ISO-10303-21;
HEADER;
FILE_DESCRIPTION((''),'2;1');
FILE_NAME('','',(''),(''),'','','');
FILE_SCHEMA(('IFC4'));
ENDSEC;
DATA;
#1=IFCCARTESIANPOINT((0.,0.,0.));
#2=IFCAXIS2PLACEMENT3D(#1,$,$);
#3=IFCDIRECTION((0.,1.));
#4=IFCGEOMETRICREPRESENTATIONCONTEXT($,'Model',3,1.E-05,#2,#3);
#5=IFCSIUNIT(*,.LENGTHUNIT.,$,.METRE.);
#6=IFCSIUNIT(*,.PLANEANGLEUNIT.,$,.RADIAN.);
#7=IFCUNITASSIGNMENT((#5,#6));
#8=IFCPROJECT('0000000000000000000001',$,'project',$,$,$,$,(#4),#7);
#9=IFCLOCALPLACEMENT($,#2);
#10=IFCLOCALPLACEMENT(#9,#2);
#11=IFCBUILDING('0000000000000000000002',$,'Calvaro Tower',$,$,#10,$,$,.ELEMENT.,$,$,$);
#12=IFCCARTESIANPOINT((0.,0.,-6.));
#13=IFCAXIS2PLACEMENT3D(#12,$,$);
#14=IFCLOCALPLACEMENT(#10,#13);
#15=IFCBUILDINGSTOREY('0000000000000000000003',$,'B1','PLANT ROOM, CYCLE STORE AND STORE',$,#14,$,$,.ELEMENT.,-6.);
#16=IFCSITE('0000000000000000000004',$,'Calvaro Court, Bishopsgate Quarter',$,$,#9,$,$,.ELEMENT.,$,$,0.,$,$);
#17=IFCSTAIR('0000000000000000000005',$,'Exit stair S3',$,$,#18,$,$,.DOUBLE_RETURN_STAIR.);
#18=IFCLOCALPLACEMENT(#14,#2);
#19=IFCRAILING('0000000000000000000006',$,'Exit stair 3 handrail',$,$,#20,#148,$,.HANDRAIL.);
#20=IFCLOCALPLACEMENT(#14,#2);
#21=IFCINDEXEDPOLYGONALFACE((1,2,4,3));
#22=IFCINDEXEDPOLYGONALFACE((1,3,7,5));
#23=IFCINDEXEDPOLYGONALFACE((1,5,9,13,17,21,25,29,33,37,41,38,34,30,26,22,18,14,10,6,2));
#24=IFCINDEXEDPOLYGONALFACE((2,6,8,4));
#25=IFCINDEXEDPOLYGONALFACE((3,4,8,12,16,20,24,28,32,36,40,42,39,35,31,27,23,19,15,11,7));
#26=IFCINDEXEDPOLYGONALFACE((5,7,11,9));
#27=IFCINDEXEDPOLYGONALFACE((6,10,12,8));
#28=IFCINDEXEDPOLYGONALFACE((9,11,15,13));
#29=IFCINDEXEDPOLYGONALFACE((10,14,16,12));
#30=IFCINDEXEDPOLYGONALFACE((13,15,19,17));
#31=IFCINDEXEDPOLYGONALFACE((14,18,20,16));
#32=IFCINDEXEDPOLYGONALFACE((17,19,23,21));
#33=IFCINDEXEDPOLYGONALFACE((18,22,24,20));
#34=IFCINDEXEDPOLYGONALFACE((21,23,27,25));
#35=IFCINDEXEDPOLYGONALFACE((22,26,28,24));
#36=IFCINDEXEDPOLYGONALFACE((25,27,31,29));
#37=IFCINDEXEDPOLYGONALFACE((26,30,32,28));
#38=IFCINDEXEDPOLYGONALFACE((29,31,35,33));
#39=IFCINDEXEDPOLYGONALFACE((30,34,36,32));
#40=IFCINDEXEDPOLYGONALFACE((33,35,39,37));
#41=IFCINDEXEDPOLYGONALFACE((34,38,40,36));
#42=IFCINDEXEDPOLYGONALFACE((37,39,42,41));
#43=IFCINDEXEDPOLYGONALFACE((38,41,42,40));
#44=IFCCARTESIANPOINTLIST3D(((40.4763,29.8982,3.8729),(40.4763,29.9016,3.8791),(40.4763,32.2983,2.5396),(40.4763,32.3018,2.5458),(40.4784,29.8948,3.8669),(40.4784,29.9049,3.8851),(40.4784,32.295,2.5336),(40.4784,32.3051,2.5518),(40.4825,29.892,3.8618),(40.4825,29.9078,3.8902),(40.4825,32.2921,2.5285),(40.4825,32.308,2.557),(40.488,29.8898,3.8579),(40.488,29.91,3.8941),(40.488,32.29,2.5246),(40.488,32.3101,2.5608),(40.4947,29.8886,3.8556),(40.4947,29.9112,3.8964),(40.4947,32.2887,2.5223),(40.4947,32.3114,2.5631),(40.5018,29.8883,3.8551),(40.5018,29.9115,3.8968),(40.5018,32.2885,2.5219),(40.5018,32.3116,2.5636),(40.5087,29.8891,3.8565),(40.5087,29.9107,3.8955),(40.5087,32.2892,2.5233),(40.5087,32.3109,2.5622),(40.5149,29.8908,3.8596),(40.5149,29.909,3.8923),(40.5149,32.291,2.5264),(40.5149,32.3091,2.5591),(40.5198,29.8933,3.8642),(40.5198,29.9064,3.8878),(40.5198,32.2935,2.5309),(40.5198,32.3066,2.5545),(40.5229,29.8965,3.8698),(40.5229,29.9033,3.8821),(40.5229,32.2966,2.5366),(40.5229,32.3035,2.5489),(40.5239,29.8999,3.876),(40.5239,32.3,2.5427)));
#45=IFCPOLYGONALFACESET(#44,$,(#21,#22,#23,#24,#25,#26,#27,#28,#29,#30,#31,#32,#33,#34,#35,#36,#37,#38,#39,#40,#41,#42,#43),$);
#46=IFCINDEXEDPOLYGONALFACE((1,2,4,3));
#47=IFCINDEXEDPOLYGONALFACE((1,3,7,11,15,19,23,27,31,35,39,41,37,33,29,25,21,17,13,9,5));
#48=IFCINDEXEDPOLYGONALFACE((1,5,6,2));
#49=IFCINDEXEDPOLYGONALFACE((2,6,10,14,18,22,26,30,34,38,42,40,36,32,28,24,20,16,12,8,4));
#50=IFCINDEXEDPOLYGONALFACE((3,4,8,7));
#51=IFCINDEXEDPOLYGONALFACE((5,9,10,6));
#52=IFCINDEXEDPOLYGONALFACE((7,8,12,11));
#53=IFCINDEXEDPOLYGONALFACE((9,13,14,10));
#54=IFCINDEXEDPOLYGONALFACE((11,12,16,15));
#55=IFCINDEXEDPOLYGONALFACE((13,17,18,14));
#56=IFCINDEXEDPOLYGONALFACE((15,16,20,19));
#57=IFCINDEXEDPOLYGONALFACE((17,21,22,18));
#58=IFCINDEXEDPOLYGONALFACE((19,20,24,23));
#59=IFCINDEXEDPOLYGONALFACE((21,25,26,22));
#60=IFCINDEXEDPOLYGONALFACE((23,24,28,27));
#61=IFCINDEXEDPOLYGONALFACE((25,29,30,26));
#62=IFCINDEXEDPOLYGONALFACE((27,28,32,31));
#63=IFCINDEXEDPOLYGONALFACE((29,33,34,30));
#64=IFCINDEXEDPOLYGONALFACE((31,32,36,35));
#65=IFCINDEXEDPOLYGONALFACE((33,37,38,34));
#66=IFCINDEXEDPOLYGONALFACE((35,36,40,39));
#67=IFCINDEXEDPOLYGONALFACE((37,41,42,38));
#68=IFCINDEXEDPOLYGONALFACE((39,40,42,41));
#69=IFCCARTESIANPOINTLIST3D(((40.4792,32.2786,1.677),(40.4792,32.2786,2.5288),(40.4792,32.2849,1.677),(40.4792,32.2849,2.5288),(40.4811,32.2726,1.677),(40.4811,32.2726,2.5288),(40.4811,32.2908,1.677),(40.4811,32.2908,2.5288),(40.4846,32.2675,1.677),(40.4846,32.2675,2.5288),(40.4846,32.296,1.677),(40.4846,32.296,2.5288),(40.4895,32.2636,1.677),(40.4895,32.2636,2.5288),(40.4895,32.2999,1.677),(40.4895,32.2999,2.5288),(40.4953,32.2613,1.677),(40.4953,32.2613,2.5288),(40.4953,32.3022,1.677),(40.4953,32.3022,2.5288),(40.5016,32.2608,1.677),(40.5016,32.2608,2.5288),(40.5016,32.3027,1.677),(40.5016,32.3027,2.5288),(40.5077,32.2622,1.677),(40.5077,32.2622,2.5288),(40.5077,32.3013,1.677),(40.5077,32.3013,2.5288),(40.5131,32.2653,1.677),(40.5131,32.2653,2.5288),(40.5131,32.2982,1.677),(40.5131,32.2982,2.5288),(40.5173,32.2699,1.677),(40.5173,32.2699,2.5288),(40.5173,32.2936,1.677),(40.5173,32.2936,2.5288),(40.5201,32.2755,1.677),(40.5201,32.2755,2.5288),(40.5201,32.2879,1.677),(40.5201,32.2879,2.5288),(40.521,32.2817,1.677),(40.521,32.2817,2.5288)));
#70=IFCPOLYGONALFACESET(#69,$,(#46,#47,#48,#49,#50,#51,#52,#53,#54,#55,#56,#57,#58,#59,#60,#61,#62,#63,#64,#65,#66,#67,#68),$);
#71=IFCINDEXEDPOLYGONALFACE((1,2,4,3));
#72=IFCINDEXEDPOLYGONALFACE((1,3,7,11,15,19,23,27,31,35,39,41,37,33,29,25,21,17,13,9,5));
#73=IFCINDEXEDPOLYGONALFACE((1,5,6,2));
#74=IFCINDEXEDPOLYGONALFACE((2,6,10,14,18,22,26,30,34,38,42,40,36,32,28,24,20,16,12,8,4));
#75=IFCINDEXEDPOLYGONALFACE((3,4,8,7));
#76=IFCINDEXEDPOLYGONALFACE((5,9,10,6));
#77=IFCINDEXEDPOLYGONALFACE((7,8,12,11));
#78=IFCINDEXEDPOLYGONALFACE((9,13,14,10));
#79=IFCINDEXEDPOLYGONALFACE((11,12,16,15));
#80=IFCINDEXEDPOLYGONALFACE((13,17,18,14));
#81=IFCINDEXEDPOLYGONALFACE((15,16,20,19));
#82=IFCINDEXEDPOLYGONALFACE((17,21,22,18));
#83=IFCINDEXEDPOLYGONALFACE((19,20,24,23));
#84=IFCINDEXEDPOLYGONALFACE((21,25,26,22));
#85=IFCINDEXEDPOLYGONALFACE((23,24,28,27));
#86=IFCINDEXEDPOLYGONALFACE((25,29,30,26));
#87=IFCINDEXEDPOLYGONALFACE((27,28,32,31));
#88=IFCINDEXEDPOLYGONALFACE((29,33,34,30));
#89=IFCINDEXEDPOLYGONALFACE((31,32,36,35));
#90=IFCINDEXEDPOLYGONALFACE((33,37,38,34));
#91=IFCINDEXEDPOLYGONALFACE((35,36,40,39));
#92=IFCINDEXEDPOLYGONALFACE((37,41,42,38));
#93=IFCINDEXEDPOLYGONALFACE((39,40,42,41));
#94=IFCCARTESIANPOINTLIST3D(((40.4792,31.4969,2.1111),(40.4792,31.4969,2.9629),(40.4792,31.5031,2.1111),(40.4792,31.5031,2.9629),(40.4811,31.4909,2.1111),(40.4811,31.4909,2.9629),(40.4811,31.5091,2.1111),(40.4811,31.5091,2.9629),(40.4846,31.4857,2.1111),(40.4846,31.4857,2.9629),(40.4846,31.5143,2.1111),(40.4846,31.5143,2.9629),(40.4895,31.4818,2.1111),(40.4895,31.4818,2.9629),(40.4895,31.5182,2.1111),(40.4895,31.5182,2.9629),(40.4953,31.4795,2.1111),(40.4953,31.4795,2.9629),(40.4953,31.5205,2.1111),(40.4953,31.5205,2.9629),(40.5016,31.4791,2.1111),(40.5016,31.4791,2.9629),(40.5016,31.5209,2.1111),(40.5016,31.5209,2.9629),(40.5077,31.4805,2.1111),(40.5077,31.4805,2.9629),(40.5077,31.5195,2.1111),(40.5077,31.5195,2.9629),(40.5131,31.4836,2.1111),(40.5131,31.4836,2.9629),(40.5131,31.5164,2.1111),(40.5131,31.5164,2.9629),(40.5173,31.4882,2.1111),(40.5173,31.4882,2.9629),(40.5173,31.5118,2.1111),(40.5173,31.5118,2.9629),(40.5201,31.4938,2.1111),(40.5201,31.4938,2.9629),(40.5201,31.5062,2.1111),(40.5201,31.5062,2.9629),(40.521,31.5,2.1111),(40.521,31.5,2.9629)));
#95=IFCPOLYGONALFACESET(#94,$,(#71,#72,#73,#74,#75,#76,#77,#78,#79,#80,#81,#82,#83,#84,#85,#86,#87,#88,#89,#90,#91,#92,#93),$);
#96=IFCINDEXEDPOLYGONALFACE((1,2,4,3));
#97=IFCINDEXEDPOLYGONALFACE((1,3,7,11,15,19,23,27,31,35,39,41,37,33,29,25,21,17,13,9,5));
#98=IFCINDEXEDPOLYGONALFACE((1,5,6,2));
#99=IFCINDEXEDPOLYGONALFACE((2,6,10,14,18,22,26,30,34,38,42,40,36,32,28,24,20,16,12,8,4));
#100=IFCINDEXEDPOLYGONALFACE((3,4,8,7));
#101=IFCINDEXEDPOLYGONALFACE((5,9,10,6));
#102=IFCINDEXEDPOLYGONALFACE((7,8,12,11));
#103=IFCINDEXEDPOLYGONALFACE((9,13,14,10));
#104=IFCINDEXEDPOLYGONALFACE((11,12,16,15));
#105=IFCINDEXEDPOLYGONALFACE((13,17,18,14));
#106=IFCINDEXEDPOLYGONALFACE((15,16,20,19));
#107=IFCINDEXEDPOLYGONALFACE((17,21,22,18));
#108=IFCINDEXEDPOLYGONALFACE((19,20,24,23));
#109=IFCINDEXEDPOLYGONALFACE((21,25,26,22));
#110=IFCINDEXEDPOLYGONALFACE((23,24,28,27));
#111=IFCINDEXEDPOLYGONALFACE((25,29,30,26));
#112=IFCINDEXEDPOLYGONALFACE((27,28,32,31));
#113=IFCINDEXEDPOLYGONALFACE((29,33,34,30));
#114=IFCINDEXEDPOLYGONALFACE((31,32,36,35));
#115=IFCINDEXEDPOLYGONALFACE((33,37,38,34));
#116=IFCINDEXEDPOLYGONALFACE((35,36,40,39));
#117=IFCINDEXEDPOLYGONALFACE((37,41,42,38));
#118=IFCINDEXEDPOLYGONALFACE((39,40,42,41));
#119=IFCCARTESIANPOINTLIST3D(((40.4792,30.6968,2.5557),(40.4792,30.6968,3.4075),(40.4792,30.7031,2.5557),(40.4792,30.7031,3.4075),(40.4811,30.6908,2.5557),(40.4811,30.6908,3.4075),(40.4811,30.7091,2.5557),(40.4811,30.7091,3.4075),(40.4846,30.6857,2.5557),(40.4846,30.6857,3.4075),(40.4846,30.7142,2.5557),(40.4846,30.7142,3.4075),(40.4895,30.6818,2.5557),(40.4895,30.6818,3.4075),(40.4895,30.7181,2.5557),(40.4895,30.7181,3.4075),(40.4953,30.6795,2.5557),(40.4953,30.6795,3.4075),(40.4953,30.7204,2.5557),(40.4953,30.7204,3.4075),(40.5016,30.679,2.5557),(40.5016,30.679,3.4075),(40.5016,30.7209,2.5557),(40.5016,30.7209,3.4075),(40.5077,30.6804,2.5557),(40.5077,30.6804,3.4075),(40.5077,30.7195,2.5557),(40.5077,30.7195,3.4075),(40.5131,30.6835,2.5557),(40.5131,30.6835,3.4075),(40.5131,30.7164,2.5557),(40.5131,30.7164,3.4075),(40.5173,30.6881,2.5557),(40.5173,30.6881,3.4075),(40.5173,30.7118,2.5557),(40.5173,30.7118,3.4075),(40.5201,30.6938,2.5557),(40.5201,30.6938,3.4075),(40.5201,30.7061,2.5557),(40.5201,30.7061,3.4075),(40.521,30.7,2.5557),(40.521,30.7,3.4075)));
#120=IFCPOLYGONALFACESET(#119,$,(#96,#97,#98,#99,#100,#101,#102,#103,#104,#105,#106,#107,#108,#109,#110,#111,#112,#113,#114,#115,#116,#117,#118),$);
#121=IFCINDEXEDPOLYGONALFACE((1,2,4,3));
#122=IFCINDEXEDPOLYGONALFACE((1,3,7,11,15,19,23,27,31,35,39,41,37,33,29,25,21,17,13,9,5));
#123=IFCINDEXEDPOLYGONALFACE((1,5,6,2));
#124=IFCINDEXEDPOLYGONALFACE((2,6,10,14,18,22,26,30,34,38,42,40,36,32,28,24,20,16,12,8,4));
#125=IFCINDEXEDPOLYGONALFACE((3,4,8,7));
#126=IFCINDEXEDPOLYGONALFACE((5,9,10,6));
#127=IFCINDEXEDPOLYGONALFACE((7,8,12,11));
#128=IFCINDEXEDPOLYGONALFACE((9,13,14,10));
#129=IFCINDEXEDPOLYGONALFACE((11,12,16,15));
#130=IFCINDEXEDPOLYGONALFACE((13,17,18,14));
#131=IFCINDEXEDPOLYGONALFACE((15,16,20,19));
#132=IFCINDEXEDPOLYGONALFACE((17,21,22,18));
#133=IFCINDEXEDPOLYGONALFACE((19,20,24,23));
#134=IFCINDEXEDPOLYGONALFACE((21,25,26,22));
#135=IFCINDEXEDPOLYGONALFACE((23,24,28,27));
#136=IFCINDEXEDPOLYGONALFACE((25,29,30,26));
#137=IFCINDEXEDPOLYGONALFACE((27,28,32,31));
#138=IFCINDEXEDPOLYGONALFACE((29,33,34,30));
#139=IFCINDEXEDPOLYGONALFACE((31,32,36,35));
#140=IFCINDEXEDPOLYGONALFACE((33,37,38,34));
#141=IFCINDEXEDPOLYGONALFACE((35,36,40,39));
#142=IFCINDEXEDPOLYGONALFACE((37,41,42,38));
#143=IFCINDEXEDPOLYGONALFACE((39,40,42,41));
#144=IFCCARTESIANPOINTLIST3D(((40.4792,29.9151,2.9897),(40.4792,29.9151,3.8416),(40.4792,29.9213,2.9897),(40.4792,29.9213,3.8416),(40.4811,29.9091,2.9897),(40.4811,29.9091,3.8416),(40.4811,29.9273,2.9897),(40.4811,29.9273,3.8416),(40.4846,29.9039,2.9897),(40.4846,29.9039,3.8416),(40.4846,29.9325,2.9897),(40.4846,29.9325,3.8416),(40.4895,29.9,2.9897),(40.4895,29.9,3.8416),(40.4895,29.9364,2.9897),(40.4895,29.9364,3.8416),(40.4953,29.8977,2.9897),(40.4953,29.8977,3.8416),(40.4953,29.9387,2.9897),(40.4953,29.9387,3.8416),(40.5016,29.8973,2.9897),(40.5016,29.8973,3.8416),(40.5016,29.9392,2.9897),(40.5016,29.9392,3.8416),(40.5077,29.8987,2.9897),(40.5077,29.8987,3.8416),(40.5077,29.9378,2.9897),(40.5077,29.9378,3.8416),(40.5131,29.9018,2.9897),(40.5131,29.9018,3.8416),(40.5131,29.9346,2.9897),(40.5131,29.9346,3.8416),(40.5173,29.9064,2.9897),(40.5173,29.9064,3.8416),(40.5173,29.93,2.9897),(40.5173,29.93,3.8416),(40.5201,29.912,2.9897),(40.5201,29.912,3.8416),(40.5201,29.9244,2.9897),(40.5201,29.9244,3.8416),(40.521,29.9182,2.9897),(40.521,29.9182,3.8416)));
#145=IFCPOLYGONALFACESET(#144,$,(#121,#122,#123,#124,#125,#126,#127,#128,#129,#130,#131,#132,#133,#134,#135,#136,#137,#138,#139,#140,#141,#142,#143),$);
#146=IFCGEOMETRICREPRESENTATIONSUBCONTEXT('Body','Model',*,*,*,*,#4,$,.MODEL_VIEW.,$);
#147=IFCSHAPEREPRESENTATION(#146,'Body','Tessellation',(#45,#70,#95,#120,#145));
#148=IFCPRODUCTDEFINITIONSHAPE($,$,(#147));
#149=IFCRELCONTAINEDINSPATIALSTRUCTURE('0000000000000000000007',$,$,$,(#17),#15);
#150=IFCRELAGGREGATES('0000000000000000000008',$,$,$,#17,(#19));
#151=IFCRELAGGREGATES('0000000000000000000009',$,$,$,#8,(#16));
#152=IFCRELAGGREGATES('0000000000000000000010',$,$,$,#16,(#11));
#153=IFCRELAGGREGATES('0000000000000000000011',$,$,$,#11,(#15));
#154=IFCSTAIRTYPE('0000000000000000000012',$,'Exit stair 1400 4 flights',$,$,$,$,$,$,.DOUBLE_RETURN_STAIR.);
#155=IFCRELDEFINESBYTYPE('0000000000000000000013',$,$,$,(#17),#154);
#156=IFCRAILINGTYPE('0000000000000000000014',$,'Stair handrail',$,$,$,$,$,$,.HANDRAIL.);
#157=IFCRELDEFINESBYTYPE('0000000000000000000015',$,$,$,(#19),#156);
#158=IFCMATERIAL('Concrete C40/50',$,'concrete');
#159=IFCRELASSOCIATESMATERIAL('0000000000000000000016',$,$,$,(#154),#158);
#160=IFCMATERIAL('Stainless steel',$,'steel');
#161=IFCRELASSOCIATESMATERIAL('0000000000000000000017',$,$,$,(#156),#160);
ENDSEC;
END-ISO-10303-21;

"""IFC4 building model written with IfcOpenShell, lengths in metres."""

from ifc_helpers import new_model, si_unit, direction, frame, origin, origin_2d, place, context, subcontext, project, spatial, circle, extrude, material, type_object, element, aggregate, save


model = new_model("IFC4")

# Units and contexts
model_context = context("Model", 3, precision=1e-05, world=origin(), true_north=direction((0.0, 1.0)))
body_context = subcontext(model_context, "Body", "Model", "MODEL_VIEW")
ifc_project = project(units=[si_unit("LENGTHUNIT", "METRE"), si_unit("PLANEANGLEUNIT", "RADIAN")], contexts=[model_context])

# Site, building, storey
site_placement = place(None, origin())
site = spatial("IfcSite", under=ifc_project, at=site_placement, Name="Calvaro Court, Bishopsgate Quarter", CompositionType="ELEMENT", RefElevation=0.0)
building_placement = place(site_placement, origin())
building = spatial("IfcBuilding", under=site, at=building_placement, Name="Calvaro Tower", CompositionType="ELEMENT")
storey_placement = place(building_placement, frame((0.0, 0.0, -6.0)))
storey = spatial("IfcBuildingStorey", under=building, at=storey_placement, Name="B1", Description="PLANT ROOM, CYCLE STORE AND STORE", CompositionType="ELEMENT", Elevation=-6.0)

# Stair
ifc_material_1 = material(Name="Concrete C40/50", Category="concrete")
stair_type = type_object("IfcStairType", Name="Exit stair 1400 4 flights", PredefinedType="DOUBLE_RETURN_STAIR", material=ifc_material_1)
stair_1_placement = place(storey_placement, origin())
stair_1 = element("IfcStair", 1, at=stair_1_placement, inside=storey, type_object=stair_type, Name="Exit stair S3", PredefinedType="DOUBLE_RETURN_STAIR")

# Railing
ifc_material_2 = material(Name="Stainless steel", Category="steel")
railing_type = type_object("IfcRailingType", Name="Stair handrail", PredefinedType="HANDRAIL", material=ifc_material_2)
railing_1_placement = place(storey_placement, frame((40.5, 32.3, 1.6667)))
railing_1 = element("IfcRailing", 2, at=railing_1_placement, type_object=railing_type, Name="Exit stair 3 handrail", PredefinedType="HANDRAIL", context=body_context, shape_type="SweptSolid", body=[
    extrude(circle(Radius=0.0239, at=origin_2d()), frame((0.0, 0.0, 0.876), z_axis=(0.0, -0.874182, 0.485598), x_axis=(1.0, 0.0, 0.0)), (0.0, 0.0, 1.0), 2.7456),
    extrude(circle(Radius=0.021, at=origin_2d()), frame((0.0, -0.0183, 0.0103)), (0.0, 0.0, 1.0), 0.8518),
    extrude(circle(Radius=0.021, at=origin_2d()), frame((0.0, -0.8, 0.4443)), (0.0, 0.0, 1.0), 0.8518),
    extrude(circle(Radius=0.021, at=origin_2d()), frame((0.0, -1.6001, 0.8889)), (0.0, 0.0, 1.0), 0.8518),
    extrude(circle(Radius=0.021, at=origin_2d()), frame((0.0, -2.3818, 1.323)), (0.0, 0.0, 1.0), 0.8518),
])
aggregate(stair_1, [railing_1])

save(model, "model.ifc")
